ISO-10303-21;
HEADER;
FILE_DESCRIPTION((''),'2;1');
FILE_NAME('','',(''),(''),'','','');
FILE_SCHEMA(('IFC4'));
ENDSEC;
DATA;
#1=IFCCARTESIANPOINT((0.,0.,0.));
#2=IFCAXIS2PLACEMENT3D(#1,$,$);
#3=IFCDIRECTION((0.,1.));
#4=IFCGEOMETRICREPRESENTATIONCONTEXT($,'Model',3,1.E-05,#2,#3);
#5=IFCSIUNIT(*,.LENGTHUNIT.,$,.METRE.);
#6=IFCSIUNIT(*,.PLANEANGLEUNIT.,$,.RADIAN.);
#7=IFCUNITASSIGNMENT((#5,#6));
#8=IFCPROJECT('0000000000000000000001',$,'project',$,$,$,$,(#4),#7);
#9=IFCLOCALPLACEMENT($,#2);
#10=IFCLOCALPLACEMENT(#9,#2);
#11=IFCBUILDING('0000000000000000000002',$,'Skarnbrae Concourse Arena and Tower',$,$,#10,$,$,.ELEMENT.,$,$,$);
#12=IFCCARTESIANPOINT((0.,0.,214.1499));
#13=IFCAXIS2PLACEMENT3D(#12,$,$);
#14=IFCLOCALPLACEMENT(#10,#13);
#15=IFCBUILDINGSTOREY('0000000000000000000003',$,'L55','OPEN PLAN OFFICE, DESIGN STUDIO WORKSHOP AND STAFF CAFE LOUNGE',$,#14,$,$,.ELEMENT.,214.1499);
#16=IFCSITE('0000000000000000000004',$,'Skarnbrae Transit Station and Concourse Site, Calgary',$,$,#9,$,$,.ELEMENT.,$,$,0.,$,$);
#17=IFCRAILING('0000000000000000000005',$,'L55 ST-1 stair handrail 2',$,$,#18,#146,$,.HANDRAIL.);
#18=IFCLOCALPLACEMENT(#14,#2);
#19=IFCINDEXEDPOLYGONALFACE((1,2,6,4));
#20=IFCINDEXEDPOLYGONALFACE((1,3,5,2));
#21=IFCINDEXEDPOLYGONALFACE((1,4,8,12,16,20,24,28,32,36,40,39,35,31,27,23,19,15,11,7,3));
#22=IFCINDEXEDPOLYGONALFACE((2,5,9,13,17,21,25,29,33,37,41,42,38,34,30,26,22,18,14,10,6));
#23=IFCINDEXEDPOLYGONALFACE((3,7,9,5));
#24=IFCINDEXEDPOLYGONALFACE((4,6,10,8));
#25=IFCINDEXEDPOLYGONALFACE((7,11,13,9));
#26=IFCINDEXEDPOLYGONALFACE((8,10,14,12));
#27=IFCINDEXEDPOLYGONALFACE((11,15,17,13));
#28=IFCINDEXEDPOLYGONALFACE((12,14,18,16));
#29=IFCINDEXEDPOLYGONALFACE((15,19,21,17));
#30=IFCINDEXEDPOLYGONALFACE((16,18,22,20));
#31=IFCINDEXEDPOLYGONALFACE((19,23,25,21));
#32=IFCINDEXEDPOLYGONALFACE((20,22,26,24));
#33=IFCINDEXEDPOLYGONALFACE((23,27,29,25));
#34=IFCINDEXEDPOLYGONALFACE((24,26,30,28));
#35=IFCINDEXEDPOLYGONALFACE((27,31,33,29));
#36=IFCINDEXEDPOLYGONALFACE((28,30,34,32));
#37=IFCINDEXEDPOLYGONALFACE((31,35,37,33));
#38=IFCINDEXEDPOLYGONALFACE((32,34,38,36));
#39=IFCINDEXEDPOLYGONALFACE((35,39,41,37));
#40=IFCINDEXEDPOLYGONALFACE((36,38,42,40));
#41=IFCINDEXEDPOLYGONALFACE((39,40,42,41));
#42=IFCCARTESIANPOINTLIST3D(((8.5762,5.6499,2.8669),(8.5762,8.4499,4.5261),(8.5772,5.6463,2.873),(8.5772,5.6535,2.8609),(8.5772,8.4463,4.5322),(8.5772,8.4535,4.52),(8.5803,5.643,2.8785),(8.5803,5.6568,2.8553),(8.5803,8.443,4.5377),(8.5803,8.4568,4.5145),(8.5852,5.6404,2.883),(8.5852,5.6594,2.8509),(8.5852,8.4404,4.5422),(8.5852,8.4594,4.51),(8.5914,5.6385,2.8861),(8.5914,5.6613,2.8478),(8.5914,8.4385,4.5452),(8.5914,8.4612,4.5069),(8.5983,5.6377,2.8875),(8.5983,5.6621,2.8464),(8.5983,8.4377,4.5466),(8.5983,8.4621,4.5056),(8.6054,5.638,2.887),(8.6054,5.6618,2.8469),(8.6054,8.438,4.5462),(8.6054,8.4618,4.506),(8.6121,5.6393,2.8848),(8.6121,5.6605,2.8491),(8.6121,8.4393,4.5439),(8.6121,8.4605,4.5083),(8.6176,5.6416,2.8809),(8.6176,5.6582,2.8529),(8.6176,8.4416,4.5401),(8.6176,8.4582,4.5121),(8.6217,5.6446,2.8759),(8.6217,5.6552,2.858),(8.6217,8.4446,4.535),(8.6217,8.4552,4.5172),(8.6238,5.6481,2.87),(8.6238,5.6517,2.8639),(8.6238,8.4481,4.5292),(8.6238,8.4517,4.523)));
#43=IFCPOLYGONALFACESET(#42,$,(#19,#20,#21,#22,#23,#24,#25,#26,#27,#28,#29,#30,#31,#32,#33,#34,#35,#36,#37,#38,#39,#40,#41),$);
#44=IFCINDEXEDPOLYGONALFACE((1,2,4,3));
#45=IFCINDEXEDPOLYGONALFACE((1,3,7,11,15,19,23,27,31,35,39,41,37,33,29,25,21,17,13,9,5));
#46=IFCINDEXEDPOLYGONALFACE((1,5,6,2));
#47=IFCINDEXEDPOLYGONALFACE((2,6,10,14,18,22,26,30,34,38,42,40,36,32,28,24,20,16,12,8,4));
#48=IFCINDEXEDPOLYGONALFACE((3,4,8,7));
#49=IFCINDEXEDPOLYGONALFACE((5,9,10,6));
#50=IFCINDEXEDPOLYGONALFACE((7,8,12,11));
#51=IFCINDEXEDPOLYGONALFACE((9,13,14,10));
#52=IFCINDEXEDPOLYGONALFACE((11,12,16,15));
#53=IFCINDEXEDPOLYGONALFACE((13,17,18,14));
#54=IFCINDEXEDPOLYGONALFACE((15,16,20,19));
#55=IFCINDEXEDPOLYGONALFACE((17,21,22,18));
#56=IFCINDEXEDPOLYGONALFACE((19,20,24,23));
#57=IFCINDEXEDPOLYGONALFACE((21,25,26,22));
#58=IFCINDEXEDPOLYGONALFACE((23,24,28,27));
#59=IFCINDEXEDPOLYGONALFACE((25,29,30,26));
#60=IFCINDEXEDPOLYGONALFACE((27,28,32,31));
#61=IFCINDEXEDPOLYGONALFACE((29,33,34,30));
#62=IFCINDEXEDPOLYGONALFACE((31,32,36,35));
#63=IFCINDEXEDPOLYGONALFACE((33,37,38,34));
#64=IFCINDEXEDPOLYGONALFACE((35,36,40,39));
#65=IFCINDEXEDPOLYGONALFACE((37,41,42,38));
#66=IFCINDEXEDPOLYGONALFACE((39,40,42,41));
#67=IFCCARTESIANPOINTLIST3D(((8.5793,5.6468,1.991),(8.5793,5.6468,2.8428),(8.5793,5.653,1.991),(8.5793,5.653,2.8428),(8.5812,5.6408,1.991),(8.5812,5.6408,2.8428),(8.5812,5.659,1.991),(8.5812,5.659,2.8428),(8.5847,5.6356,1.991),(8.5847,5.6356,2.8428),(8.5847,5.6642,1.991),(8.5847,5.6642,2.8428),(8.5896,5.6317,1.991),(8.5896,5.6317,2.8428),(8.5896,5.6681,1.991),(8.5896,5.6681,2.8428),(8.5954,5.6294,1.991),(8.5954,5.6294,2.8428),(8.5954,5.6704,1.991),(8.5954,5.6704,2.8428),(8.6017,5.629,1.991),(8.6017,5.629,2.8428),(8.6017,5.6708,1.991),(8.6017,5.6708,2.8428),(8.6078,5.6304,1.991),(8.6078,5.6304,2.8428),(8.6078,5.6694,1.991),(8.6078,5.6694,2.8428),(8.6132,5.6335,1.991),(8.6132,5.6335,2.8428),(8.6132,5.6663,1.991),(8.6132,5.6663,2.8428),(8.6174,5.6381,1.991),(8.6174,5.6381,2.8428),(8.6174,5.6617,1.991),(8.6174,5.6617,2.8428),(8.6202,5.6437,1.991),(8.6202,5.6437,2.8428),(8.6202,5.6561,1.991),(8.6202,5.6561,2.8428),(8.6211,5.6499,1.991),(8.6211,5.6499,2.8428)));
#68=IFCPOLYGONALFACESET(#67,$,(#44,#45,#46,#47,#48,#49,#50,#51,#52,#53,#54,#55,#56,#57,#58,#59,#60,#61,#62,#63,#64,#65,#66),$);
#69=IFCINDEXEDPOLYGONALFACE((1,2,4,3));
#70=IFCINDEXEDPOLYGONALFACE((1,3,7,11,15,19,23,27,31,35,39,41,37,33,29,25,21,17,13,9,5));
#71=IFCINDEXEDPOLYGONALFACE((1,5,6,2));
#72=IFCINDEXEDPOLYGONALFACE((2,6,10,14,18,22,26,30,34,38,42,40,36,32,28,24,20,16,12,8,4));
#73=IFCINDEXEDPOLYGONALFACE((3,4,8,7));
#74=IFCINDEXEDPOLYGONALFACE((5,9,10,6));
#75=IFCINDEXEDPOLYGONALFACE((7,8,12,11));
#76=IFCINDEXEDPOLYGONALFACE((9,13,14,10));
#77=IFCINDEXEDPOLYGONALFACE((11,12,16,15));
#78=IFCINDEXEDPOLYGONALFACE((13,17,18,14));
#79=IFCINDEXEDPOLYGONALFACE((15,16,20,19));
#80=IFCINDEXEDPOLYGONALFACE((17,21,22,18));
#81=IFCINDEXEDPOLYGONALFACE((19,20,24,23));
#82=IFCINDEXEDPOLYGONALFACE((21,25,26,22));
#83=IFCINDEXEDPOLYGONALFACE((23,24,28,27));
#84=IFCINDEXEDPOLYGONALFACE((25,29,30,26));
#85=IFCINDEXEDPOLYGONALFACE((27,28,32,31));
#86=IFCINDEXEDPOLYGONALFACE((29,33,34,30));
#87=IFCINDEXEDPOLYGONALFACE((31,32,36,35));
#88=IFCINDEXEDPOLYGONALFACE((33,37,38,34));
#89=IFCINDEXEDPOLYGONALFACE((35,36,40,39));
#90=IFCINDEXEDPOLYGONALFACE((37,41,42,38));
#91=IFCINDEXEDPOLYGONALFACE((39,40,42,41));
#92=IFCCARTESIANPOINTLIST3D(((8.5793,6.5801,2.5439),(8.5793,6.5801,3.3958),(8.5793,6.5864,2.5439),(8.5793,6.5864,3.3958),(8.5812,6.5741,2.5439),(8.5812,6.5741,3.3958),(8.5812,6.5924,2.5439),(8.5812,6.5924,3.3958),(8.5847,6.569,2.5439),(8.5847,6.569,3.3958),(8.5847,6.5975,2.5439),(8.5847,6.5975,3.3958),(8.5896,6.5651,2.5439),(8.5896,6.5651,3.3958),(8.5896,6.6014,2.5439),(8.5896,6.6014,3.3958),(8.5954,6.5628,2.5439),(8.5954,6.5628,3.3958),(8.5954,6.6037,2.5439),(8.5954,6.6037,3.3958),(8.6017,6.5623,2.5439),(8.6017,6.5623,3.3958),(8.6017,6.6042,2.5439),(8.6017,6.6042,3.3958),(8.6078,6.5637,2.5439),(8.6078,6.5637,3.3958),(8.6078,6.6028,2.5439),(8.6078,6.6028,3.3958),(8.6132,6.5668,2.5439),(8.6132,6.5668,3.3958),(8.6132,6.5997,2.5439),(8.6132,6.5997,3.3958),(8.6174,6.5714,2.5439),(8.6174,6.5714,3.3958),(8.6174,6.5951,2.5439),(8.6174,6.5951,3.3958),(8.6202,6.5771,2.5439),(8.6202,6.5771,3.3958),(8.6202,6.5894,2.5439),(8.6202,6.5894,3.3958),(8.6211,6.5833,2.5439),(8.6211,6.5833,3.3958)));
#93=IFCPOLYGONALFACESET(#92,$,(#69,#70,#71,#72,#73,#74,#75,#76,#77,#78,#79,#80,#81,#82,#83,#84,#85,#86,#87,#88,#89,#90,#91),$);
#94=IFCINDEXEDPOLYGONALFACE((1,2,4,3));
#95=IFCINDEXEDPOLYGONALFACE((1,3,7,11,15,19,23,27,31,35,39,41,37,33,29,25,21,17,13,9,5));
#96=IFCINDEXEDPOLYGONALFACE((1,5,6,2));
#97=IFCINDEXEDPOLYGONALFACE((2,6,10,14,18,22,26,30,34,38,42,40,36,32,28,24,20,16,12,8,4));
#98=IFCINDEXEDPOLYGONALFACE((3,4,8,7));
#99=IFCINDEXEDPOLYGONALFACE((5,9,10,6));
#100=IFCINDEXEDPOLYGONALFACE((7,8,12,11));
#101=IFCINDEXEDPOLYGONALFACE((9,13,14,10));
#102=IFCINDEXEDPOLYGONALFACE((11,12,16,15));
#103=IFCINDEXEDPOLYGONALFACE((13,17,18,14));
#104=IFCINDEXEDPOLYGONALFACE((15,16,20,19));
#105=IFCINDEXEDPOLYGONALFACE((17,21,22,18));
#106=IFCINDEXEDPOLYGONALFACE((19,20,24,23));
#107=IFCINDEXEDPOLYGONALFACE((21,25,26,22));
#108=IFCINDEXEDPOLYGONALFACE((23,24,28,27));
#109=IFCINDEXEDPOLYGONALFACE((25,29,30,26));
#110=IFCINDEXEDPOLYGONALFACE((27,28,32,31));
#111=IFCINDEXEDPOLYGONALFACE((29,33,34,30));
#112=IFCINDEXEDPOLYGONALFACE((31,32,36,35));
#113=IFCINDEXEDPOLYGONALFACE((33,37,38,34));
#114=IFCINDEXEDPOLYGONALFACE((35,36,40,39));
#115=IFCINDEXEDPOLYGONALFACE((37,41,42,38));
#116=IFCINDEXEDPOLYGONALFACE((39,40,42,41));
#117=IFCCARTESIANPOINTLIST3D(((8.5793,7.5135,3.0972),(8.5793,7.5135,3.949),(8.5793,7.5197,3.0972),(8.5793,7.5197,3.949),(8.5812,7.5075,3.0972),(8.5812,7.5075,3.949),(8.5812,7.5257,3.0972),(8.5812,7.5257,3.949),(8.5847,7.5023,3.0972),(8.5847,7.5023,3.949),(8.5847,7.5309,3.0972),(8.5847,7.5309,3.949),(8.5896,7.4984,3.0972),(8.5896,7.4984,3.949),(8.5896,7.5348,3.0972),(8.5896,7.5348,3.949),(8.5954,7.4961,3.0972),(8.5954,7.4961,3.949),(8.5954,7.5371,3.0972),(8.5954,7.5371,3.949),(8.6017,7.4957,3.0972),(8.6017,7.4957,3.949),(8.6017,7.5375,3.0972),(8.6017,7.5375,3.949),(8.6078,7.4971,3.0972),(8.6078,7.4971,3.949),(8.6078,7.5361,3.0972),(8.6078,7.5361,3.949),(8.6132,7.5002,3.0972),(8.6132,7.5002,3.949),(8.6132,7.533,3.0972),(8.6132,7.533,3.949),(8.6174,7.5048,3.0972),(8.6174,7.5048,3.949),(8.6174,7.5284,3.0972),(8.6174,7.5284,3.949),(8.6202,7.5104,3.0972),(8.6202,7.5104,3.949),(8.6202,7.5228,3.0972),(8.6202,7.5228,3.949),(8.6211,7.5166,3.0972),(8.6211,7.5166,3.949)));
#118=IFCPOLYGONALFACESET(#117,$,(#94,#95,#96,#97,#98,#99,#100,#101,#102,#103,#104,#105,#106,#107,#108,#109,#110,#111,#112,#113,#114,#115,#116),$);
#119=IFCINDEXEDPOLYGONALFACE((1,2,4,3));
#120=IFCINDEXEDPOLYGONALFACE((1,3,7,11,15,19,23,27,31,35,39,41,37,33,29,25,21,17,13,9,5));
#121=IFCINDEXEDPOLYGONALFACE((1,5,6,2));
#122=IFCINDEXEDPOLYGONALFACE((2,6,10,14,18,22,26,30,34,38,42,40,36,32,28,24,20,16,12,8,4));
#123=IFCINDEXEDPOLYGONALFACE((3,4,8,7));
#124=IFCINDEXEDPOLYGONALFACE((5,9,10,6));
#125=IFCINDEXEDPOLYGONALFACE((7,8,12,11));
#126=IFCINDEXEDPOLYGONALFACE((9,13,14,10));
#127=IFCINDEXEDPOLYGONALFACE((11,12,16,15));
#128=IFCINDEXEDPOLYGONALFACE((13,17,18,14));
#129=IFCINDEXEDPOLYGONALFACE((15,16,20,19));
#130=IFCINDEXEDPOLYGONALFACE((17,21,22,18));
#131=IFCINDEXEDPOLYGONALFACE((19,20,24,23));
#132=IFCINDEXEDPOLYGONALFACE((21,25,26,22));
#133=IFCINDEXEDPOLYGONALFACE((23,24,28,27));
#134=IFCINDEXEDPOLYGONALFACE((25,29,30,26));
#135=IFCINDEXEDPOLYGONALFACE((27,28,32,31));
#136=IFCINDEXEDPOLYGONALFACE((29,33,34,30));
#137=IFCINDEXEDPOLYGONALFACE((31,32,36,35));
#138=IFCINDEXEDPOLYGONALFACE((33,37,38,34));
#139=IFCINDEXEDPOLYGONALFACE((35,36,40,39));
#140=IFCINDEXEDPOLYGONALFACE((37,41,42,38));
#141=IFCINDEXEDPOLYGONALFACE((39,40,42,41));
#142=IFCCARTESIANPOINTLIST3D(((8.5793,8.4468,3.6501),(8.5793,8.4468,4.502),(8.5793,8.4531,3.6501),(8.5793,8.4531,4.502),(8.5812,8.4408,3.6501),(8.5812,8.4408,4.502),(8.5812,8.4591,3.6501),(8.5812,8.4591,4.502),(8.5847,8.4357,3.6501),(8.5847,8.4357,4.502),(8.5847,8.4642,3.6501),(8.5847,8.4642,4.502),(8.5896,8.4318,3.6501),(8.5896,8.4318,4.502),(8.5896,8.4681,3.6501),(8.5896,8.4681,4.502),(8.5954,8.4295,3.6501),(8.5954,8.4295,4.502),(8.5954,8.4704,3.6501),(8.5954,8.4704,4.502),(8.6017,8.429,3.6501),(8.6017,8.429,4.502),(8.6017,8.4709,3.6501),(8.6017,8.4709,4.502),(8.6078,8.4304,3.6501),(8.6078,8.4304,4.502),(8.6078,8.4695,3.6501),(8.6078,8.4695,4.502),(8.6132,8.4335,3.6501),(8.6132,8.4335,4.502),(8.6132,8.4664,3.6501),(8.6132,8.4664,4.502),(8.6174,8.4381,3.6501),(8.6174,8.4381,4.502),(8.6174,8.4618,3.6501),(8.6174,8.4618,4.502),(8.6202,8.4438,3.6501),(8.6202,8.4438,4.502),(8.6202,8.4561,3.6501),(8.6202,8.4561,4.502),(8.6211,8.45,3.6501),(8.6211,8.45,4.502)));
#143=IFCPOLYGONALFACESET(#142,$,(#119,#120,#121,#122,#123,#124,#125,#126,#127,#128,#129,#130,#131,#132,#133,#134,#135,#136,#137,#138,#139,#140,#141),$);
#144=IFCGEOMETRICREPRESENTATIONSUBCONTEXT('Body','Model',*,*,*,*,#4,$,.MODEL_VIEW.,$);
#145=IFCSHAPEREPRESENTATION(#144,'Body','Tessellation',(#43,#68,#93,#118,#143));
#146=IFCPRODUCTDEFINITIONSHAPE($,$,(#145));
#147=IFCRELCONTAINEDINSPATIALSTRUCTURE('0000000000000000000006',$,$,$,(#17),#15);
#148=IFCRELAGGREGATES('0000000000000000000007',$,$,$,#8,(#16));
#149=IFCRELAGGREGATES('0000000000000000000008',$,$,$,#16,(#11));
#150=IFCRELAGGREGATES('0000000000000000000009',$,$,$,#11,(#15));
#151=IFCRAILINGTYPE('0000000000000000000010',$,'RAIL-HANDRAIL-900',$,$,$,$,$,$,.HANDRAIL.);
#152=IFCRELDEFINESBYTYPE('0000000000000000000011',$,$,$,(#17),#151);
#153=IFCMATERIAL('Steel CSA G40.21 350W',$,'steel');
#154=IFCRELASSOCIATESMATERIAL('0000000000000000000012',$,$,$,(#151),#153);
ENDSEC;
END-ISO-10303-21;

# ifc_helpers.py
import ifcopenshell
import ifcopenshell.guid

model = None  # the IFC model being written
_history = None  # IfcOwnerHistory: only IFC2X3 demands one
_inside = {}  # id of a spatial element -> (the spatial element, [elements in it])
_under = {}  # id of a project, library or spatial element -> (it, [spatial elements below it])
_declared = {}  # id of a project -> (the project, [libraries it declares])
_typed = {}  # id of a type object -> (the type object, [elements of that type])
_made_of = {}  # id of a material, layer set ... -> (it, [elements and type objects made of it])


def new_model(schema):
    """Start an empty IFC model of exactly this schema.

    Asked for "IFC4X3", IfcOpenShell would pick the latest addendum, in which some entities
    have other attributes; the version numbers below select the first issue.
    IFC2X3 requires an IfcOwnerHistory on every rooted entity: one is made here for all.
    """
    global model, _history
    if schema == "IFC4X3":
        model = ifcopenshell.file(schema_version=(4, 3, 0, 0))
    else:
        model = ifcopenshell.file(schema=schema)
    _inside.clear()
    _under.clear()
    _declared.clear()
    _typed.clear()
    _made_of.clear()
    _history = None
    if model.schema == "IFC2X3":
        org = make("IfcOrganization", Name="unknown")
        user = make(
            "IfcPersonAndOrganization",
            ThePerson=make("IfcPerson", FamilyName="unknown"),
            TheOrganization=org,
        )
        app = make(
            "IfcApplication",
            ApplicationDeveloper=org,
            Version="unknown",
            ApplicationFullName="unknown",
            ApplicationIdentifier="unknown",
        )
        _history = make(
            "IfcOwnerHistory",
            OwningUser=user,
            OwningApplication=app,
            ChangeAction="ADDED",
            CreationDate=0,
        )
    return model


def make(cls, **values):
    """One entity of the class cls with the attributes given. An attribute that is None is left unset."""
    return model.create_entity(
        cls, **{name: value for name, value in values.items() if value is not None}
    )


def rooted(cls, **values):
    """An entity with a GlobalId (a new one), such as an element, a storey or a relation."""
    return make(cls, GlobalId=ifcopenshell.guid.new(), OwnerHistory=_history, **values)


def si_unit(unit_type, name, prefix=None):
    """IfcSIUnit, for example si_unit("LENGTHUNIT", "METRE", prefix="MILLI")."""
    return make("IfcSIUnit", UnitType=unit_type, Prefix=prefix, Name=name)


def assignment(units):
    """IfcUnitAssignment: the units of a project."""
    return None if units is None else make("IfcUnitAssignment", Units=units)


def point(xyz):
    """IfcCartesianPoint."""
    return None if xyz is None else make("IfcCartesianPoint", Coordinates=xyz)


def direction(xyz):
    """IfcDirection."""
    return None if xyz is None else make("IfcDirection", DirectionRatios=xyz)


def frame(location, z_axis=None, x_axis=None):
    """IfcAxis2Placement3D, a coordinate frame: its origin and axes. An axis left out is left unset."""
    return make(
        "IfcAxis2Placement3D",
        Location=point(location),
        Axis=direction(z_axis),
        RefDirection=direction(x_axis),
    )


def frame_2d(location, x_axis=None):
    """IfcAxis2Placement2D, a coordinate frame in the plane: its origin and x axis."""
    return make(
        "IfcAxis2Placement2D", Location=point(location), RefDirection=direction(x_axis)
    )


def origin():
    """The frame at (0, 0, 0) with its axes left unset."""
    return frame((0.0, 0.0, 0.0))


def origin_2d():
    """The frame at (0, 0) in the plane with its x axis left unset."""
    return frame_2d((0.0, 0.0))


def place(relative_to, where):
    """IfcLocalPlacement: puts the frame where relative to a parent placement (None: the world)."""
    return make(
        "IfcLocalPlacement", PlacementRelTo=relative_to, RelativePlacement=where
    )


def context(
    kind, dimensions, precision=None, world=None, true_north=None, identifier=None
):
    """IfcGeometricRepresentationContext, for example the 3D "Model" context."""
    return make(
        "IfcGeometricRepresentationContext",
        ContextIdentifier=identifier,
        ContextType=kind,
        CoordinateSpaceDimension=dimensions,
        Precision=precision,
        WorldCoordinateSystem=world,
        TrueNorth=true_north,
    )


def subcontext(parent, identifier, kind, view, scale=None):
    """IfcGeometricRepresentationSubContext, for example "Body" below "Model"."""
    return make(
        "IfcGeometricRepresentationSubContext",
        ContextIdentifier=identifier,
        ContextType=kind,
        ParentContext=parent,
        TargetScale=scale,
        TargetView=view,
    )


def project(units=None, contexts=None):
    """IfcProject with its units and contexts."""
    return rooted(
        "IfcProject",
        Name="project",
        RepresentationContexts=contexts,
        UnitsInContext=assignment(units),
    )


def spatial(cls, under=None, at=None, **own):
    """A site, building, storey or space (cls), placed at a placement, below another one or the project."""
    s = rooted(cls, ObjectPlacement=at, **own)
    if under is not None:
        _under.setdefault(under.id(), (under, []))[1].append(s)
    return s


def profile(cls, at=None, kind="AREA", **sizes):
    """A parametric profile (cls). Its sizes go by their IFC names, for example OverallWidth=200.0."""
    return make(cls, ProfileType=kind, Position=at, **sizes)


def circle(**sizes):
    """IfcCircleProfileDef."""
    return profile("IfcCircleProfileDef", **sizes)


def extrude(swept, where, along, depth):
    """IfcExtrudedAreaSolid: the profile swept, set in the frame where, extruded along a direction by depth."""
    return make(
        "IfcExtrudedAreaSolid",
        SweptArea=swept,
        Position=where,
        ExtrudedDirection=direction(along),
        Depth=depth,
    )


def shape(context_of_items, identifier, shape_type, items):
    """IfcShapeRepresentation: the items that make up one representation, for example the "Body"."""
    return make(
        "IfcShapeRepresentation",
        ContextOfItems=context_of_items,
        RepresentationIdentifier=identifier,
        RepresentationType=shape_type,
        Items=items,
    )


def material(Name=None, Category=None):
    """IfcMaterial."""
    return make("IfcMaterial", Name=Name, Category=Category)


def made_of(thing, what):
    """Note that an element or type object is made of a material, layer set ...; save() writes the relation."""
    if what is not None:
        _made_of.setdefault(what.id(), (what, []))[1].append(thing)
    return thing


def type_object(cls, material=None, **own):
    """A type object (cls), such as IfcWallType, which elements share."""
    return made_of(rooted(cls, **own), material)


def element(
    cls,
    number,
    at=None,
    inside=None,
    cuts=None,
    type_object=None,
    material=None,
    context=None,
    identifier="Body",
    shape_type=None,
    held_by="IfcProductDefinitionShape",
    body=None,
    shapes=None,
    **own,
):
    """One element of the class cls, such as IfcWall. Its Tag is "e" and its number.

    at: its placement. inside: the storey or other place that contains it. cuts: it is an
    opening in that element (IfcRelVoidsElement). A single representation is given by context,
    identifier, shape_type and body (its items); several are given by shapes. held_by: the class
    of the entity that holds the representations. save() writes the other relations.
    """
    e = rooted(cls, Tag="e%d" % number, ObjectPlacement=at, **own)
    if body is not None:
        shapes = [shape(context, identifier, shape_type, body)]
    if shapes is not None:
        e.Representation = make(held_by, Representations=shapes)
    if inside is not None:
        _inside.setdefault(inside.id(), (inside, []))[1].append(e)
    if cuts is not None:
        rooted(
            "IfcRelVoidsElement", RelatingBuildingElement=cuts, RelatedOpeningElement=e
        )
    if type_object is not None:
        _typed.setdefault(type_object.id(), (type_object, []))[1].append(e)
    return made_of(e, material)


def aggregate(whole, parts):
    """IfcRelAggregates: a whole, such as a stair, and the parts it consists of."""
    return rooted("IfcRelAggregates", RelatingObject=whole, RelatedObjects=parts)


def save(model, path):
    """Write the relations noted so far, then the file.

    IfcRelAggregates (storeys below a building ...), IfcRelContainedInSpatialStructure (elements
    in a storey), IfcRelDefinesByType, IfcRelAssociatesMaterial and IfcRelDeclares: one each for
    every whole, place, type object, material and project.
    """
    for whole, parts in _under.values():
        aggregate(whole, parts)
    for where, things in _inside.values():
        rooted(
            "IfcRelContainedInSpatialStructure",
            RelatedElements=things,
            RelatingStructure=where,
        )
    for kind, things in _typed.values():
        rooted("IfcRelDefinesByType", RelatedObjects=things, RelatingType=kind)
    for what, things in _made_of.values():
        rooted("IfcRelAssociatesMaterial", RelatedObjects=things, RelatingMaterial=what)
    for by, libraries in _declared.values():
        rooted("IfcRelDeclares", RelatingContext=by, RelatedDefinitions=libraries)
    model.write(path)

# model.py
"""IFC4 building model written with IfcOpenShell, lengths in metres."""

from ifc_helpers import new_model, si_unit, direction, frame, origin, origin_2d, place, context, subcontext, project, spatial, circle, extrude, material, type_object, element, save


model = new_model("IFC4")

# Units and contexts
model_context = context("Model", 3, precision=1e-05, world=origin(), true_north=direction((0.0, 1.0)))
body_context = subcontext(model_context, "Body", "Model", "MODEL_VIEW")
ifc_project = project(units=[si_unit("LENGTHUNIT", "METRE"), si_unit("PLANEANGLEUNIT", "RADIAN")], contexts=[model_context])

# Site, building, storey
site_placement = place(None, origin())
site = spatial("IfcSite", under=ifc_project, at=site_placement, Name="Skarnbrae Transit Station and Concourse Site, Calgary", CompositionType="ELEMENT", RefElevation=0.0)
building_placement = place(site_placement, origin())
building = spatial("IfcBuilding", under=site, at=building_placement, Name="Skarnbrae Concourse Arena and Tower", CompositionType="ELEMENT")
storey_placement = place(building_placement, frame((0.0, 0.0, 214.1499)))
storey = spatial("IfcBuildingStorey", under=building, at=storey_placement, Name="L55", Description="OPEN PLAN OFFICE, DESIGN STUDIO WORKSHOP AND STAFF CAFE LOUNGE", CompositionType="ELEMENT", Elevation=214.1499)

# Shared definitions
ifc_material_1 = material(Name="Steel CSA G40.21 350W", Category="steel")

# Railing
railing_type_1 = type_object("IfcRailingType", Name="RAIL-HANDRAIL-900", PredefinedType="HANDRAIL", material=ifc_material_1)
railing_1_placement = place(storey_placement, frame((8.6001, 5.6499, 1.991)))
element("IfcRailing", 1, at=railing_1_placement, inside=storey, type_object=railing_type_1, Name="L55 ST-1 stair handrail 2", PredefinedType="HANDRAIL", context=body_context, shape_type="SweptSolid", body=[
    extrude(circle(Radius=0.0239, at=origin_2d()), frame((0.0, 0.0, 0.876), z_axis=(0.0, 0.860306, 0.509778), x_axis=(-1.0, 0.0, 0.0)), (0.0, 0.0, 1.0), 3.2546),
    extrude(circle(Radius=0.021, at=origin_2d()), origin(), (0.0, 0.0, 1.0), 0.8518),
    extrude(circle(Radius=0.021, at=origin_2d()), frame((0.0, 0.9333, 0.553)), (0.0, 0.0, 1.0), 0.8518),
    extrude(circle(Radius=0.021, at=origin_2d()), frame((0.0, 1.8667, 1.1062)), (0.0, 0.0, 1.0), 0.8518),
    extrude(circle(Radius=0.021, at=origin_2d()), frame((0.0, 2.8, 1.6592)), (0.0, 0.0, 1.0), 0.8518),
])

save(model, "model.ifc")
